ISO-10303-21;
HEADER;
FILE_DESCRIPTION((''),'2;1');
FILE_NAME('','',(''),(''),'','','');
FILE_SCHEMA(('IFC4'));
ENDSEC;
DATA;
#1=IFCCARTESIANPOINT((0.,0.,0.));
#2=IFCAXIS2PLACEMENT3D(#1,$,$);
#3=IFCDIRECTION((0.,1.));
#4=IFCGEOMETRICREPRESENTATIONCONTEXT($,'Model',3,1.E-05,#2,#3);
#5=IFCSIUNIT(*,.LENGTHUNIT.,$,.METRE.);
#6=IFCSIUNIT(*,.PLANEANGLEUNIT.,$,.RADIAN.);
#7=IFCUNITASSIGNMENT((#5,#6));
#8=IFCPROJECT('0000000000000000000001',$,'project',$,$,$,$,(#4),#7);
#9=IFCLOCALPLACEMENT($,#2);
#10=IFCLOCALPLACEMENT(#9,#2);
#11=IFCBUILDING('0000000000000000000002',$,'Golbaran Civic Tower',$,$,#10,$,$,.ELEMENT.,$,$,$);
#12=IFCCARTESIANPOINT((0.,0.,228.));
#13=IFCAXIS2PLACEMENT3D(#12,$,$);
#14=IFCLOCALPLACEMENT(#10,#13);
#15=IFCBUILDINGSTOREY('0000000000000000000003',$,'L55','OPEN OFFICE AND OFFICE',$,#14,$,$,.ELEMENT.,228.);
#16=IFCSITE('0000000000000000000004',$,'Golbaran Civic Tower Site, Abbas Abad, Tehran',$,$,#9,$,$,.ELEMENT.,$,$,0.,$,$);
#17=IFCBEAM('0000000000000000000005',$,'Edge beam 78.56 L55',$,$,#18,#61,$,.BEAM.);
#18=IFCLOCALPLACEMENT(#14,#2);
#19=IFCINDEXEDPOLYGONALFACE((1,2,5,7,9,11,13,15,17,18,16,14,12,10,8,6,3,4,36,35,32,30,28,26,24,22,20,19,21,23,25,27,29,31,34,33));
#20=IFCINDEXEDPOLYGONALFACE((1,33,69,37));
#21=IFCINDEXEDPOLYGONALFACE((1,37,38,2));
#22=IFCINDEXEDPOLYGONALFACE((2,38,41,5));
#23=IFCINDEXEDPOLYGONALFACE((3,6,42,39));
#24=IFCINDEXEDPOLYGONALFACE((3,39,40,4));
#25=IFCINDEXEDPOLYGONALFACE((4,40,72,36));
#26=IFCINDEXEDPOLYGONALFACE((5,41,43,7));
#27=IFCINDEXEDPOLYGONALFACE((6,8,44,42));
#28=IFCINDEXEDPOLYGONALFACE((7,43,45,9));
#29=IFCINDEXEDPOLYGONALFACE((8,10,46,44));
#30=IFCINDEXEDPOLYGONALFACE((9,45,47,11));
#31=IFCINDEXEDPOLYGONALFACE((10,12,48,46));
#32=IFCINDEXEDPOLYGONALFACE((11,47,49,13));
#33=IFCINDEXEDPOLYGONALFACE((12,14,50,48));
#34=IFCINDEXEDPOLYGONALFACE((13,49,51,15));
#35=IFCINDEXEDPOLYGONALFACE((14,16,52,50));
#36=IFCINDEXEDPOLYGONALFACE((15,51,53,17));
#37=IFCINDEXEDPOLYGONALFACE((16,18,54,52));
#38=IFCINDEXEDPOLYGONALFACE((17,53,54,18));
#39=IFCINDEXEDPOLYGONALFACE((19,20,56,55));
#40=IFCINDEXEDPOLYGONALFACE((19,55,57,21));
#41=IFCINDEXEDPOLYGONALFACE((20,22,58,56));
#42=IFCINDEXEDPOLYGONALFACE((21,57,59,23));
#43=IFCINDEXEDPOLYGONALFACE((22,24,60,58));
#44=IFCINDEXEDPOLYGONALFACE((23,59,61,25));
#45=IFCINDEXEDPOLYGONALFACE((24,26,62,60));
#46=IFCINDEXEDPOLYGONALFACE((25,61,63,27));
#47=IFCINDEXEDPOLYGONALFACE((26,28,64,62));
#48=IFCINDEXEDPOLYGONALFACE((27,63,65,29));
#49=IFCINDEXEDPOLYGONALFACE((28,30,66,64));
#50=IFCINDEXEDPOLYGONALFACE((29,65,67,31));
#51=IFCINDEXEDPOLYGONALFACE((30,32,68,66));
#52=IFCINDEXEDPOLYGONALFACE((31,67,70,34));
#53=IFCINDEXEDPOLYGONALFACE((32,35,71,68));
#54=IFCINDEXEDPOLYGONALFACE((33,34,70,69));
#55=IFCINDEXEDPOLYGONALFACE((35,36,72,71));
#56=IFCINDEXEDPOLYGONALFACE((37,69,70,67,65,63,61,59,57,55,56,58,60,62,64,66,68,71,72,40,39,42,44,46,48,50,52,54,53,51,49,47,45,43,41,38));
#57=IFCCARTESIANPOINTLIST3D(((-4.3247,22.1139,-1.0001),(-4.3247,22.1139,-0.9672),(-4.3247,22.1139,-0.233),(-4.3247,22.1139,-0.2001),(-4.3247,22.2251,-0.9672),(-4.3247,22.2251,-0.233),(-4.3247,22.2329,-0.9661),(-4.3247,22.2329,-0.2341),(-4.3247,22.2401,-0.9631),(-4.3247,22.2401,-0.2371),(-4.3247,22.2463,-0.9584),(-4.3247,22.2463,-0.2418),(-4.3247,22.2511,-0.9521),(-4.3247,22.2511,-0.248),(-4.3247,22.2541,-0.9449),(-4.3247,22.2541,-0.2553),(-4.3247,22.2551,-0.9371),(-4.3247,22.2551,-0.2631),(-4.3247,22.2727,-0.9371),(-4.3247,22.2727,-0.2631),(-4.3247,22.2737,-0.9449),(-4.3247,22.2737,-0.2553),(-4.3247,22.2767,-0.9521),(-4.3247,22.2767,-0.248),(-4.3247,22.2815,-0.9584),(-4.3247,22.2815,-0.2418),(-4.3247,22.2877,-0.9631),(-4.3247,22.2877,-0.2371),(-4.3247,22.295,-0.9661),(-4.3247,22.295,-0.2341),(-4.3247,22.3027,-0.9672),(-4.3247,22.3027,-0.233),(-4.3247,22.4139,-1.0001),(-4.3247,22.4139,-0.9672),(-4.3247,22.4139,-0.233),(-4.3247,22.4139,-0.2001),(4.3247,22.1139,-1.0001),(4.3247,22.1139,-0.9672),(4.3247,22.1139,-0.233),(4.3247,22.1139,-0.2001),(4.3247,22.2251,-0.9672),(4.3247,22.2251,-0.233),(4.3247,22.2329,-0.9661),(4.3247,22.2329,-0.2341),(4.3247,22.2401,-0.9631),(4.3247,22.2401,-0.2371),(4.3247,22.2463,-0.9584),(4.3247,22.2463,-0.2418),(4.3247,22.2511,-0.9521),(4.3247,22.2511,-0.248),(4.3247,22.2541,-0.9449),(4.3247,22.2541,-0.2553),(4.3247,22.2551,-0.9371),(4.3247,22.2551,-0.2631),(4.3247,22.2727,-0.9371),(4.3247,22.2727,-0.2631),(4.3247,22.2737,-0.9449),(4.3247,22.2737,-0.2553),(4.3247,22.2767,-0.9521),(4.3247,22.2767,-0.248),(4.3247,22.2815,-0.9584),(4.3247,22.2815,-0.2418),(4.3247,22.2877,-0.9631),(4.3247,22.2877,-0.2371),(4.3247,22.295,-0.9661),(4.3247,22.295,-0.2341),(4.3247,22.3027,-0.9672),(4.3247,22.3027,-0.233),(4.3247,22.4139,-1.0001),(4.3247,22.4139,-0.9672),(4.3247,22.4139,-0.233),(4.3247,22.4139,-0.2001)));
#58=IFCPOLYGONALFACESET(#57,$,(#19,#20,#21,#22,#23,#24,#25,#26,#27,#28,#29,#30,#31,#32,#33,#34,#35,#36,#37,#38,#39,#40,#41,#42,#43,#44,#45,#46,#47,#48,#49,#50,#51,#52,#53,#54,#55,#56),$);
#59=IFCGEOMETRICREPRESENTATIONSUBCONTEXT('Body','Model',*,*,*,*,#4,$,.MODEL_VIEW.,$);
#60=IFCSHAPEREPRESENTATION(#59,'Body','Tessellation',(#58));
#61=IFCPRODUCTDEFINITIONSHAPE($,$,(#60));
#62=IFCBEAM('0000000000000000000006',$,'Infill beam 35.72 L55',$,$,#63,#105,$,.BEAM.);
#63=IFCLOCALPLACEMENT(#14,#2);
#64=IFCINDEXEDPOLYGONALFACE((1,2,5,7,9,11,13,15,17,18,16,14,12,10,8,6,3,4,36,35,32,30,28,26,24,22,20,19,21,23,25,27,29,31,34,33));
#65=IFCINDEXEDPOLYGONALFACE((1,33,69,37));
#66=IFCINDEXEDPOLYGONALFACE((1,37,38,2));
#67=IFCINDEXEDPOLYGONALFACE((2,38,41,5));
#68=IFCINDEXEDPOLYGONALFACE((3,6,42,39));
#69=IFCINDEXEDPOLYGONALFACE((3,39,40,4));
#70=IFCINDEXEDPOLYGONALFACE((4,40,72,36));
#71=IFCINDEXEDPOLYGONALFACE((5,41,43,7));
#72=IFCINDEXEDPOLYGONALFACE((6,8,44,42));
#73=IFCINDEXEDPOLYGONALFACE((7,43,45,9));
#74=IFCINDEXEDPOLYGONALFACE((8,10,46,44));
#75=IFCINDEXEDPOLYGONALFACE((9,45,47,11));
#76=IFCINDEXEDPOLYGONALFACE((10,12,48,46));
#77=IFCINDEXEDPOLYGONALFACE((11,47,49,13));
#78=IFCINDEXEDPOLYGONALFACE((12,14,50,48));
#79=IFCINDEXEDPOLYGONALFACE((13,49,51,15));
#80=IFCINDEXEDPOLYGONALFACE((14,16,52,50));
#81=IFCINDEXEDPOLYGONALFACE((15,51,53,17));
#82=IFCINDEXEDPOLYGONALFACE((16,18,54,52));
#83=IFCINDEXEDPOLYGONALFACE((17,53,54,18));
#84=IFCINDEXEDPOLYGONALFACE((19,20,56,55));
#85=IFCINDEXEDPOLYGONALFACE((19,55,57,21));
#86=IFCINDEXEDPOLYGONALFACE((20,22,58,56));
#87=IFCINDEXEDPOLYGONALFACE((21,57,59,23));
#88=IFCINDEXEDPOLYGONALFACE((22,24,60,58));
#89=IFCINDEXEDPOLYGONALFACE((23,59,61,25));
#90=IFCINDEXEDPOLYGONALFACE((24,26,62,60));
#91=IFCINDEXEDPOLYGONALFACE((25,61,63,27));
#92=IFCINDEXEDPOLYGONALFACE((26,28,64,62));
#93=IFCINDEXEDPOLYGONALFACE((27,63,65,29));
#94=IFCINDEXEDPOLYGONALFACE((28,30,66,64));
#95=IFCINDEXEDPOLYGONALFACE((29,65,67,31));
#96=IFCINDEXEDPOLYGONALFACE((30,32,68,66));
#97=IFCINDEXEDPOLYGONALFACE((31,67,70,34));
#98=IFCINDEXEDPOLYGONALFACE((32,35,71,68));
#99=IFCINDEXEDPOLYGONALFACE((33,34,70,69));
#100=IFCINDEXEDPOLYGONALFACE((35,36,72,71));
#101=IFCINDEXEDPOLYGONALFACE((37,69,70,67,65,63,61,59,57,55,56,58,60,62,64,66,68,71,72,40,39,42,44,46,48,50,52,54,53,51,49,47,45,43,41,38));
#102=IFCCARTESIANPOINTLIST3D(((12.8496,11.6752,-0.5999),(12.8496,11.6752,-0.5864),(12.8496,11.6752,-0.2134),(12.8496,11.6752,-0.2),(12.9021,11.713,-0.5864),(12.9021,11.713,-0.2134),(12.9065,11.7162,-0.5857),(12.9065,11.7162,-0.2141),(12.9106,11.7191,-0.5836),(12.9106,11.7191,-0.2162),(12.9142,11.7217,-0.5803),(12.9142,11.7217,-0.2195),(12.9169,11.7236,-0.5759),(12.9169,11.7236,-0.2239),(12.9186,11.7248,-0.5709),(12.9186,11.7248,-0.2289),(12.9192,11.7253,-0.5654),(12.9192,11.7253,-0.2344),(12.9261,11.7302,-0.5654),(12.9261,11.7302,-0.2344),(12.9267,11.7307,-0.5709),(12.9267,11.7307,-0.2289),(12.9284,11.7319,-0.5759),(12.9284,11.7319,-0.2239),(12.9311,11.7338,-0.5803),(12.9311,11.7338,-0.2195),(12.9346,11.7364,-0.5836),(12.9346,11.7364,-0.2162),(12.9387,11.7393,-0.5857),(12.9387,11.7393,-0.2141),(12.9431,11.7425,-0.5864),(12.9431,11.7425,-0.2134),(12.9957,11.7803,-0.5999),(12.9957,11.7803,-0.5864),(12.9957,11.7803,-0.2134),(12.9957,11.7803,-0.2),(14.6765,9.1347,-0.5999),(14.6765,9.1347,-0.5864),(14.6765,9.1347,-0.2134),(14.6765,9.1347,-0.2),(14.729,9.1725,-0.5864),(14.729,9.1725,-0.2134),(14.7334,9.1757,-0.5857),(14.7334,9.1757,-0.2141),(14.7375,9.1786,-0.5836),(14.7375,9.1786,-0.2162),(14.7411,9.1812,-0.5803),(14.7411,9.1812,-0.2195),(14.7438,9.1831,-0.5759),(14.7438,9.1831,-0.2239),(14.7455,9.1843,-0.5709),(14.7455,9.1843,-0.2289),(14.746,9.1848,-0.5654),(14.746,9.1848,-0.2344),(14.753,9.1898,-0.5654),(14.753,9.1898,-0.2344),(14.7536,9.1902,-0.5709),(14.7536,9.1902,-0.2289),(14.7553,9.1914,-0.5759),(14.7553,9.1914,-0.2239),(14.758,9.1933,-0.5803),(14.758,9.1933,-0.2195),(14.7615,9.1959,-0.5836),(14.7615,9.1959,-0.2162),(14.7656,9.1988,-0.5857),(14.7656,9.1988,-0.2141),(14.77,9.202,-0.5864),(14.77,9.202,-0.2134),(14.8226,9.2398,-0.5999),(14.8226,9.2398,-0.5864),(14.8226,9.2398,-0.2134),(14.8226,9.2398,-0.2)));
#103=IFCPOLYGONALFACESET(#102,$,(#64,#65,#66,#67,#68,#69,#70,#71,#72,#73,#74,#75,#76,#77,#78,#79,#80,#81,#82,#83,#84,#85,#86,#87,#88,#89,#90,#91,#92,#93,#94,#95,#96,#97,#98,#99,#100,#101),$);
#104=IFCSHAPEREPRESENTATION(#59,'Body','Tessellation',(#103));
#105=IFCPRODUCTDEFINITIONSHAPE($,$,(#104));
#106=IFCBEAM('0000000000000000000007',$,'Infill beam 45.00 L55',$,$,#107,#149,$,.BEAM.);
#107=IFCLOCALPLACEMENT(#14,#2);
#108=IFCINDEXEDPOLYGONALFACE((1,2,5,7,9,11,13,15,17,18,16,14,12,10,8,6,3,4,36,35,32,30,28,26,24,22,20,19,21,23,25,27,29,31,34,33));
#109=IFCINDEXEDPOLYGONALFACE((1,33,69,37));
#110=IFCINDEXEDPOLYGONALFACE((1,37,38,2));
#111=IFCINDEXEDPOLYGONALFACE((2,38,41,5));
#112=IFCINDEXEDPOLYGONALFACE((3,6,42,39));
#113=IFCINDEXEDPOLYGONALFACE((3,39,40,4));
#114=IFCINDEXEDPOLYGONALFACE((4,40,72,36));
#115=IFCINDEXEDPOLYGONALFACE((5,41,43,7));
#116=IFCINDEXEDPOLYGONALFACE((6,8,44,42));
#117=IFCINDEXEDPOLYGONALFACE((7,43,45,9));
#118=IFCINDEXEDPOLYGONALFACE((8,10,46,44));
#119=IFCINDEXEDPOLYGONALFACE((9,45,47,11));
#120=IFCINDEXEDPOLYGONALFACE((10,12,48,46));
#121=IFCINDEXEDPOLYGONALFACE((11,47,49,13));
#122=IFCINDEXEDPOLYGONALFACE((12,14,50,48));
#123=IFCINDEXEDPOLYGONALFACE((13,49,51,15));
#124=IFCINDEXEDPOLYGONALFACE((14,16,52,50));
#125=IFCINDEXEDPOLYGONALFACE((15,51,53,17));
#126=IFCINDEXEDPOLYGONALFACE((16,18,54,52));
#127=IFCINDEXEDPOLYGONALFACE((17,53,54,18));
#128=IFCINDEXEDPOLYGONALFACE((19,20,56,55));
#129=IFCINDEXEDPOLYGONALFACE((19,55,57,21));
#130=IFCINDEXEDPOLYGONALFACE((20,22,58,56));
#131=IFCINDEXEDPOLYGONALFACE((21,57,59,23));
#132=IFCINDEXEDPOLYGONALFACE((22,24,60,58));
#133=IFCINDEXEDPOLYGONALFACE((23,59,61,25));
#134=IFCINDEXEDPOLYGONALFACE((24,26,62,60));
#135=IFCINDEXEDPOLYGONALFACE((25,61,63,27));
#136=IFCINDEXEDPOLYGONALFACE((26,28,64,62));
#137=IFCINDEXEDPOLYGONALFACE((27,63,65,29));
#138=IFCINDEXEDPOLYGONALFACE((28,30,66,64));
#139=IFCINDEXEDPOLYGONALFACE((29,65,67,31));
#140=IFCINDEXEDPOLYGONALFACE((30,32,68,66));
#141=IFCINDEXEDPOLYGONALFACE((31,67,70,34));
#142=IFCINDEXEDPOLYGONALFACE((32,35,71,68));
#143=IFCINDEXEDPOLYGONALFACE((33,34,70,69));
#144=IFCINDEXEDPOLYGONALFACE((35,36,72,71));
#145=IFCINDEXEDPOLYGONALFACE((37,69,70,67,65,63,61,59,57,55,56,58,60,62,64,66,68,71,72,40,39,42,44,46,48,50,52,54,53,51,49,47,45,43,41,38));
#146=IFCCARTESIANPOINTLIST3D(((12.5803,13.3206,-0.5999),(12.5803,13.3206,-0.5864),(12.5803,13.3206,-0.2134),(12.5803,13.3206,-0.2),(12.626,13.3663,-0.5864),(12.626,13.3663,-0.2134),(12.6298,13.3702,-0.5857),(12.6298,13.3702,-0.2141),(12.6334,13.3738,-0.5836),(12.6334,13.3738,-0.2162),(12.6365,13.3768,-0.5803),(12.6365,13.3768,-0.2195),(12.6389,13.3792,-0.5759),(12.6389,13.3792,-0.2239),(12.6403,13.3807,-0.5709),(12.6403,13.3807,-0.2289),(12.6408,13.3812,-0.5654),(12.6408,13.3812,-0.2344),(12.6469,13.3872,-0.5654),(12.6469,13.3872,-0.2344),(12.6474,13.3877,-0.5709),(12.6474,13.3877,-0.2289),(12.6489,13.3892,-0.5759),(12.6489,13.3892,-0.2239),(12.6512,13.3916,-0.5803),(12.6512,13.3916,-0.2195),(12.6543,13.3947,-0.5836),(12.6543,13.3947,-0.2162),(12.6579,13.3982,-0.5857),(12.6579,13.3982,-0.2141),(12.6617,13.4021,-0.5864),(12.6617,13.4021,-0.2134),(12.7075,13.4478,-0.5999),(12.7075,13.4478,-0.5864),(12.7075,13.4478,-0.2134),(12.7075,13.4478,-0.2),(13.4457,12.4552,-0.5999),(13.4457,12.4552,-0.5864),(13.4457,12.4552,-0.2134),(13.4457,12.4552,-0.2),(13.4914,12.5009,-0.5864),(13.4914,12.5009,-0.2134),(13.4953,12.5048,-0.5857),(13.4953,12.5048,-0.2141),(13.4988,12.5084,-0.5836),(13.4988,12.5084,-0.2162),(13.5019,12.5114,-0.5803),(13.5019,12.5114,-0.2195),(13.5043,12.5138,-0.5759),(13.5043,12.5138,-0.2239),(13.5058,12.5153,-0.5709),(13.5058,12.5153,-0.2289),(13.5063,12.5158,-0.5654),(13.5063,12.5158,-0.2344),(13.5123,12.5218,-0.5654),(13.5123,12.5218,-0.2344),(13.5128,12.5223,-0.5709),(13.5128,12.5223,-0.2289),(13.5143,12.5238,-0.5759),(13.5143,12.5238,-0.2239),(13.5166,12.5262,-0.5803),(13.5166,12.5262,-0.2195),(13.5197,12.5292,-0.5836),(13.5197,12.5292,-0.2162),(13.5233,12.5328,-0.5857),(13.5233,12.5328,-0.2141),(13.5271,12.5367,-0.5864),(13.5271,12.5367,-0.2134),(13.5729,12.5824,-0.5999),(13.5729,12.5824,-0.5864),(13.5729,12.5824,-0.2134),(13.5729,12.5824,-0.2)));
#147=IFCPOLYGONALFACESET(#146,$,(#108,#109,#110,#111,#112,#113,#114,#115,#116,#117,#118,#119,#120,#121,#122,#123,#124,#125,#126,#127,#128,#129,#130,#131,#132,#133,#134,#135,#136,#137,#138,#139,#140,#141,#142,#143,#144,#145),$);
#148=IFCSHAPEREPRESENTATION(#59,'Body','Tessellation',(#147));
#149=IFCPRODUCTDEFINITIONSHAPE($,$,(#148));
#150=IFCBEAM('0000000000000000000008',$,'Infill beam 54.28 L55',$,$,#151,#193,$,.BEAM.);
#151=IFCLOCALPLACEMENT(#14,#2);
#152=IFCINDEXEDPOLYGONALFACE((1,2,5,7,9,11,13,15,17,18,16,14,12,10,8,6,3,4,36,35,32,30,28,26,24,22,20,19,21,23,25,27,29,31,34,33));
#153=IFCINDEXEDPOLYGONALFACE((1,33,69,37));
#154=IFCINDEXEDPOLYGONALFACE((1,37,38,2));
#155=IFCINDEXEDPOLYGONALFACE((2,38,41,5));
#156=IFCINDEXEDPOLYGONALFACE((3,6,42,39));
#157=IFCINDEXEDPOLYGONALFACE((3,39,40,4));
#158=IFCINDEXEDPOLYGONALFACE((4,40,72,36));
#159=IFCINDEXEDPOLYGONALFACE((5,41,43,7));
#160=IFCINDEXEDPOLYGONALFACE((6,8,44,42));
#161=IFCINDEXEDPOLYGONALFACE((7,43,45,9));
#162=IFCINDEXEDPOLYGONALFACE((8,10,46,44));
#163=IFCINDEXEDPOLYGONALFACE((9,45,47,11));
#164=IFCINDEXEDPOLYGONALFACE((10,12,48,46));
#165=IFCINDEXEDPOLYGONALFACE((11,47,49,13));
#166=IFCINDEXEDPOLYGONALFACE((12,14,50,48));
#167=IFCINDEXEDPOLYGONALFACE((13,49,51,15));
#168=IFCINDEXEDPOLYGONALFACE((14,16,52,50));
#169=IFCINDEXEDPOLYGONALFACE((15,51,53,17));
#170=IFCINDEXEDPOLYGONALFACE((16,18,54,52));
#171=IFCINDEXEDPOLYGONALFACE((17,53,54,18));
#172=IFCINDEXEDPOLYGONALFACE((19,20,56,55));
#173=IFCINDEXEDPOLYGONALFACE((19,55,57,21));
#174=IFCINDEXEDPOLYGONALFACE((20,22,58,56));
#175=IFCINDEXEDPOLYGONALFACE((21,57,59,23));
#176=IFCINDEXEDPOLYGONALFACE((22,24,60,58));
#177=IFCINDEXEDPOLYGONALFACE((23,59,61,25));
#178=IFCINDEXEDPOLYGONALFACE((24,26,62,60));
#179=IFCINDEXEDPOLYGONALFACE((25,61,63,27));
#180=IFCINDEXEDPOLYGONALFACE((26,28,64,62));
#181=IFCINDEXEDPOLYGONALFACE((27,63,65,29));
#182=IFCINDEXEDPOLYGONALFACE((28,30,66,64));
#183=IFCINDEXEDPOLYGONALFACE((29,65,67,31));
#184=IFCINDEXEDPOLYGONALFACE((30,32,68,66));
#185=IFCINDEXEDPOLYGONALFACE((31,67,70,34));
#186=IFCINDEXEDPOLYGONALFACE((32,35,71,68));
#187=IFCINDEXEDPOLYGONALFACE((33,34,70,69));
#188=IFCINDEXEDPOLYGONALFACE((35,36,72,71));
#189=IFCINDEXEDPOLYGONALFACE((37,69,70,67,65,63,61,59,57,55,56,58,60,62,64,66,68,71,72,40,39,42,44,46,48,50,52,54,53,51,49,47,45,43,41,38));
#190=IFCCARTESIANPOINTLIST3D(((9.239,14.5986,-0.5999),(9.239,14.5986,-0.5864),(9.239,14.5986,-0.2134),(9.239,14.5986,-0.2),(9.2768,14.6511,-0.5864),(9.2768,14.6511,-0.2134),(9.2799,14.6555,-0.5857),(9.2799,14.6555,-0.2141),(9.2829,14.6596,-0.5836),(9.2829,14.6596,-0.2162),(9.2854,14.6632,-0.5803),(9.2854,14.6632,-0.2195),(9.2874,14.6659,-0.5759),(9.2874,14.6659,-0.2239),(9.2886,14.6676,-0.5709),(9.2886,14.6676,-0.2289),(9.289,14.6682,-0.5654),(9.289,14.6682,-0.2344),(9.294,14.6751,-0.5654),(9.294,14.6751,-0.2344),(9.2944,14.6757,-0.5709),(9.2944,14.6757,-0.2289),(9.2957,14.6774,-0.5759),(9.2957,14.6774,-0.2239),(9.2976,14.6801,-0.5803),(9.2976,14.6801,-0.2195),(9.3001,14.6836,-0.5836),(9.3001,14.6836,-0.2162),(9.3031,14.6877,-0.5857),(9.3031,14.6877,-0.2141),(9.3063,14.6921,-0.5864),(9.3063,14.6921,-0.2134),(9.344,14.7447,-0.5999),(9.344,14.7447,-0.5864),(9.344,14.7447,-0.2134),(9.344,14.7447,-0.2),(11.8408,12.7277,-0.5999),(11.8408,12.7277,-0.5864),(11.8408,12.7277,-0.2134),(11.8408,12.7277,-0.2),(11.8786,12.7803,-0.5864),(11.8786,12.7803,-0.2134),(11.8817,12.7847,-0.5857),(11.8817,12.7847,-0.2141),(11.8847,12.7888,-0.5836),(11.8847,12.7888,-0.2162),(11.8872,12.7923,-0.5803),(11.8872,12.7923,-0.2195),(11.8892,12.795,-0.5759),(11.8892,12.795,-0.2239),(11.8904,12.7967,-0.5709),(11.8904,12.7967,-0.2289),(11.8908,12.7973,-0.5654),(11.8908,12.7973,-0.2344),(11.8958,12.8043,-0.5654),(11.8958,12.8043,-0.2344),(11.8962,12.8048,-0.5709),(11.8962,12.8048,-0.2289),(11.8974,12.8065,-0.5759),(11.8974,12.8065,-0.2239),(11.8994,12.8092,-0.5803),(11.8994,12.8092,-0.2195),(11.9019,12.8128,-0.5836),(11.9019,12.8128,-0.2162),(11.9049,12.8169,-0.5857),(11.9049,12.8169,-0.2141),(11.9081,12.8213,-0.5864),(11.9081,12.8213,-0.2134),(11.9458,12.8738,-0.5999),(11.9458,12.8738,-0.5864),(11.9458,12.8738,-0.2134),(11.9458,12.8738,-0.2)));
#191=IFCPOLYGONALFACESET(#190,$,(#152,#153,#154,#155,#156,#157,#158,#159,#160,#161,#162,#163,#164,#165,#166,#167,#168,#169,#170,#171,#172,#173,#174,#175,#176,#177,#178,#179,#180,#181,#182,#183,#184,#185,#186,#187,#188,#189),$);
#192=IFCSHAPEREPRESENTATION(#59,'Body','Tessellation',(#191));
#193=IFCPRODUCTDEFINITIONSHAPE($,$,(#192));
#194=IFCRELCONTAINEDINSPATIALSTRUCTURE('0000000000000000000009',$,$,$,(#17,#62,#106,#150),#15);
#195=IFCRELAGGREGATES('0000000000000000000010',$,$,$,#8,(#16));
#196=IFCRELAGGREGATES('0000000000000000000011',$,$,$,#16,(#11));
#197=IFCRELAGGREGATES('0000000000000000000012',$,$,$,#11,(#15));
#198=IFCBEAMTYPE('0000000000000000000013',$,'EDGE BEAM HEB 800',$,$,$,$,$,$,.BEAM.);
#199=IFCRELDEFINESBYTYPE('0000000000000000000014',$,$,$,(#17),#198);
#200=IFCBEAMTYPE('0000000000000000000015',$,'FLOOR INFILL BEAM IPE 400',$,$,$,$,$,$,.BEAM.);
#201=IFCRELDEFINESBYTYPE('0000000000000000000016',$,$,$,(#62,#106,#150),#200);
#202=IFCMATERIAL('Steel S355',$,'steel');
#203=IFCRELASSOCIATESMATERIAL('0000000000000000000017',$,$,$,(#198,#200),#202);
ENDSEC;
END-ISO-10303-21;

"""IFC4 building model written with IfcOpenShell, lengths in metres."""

from ifc_helpers import new_model, si_unit, direction, frame, origin, origin_2d, place, context, subcontext, project, spatial, i_section, extrude, material, material_profile, profile_set, type_object, element, save


model = new_model("IFC4")

# Units and contexts
model_context = context("Model", 3, precision=1e-05, world=origin(), true_north=direction((0.0, 1.0)))
body_context = subcontext(model_context, "Body", "Model", "MODEL_VIEW")
ifc_project = project(units=[si_unit("LENGTHUNIT", "METRE"), si_unit("PLANEANGLEUNIT", "RADIAN")], contexts=[model_context])

# Site, building, storey
site_placement = place(None, origin())
site = spatial("IfcSite", under=ifc_project, at=site_placement, Name="Golbaran Civic Tower Site, Abbas Abad, Tehran", CompositionType="ELEMENT", RefElevation=0.0)
building_placement = place(site_placement, origin())
building = spatial("IfcBuilding", under=site, at=building_placement, Name="Golbaran Civic Tower", CompositionType="ELEMENT")
storey_placement = place(building_placement, frame((0.0, 0.0, 228.0)))
storey = spatial("IfcBuildingStorey", under=building, at=storey_placement, Name="L55", Description="OPEN OFFICE AND OFFICE", CompositionType="ELEMENT", Elevation=228.0)

# Beams
ifc_material_1 = material(Name="Steel S355", Category="steel")
ifc_material_profile_1 = material_profile(ifc_material_1, i_section(OverallWidth=0.3, OverallDepth=0.8, WebThickness=0.0176, FlangeThickness=0.033, FilletRadius=0.03, at=origin_2d()), Name="HEB 800")
ifc_profile_set_1 = profile_set([ifc_material_profile_1], Name="Steel S355")
beam_type_1 = type_object("IfcBeamType", Name="EDGE BEAM HEB 800", PredefinedType="BEAM", material=ifc_profile_set_1)
beam_1_placement = place(storey_placement, frame((4.3247, 22.2639, -0.6001), z_axis=(-1.0, 0.0, 0.0), x_axis=(0.0, -1.0, 0.0)))
element("IfcBeam", 1, at=beam_1_placement, inside=storey, type_object=beam_type_1, Name="Edge beam 78.56 L55", PredefinedType="BEAM", context=body_context, shape_type="SweptSolid", body=[
    extrude(i_section(OverallWidth=0.3, OverallDepth=0.8, WebThickness=0.0176, FlangeThickness=0.033, FilletRadius=0.03, at=origin_2d()), origin(), (0.0, 0.0, 1.0), 8.6494),
])
ifc_material_profile_2 = material_profile(ifc_material_1, i_section(OverallWidth=0.1799, OverallDepth=0.3999, WebThickness=0.0085, FlangeThickness=0.0134, FilletRadius=0.021, at=origin_2d()), Name="IPE 400")
ifc_profile_set_2 = profile_set([ifc_material_profile_2], Name="Steel S355")
beam_type_2 = type_object("IfcBeamType", Name="FLOOR INFILL BEAM IPE 400", PredefinedType="BEAM", material=ifc_profile_set_2)
beam_2_placement = place(storey_placement, frame((14.7495, 9.1873, -0.3999), z_axis=(-0.583826, 0.811879, 0.0), x_axis=(-0.811879, -0.583826, 0.0)))
element("IfcBeam", 2, at=beam_2_placement, inside=storey, type_object=beam_type_2, Name="Infill beam 35.72 L55", PredefinedType="BEAM", context=body_context, shape_type="SweptSolid", body=[
    extrude(i_section(OverallWidth=0.1799, OverallDepth=0.3999, WebThickness=0.0085, FlangeThickness=0.0134, FilletRadius=0.021, at=origin_2d()), origin(), (0.0, 0.0, 1.0), 3.1292),
])
beam_3_placement = place(storey_placement, frame((13.5093, 12.5188, -0.3999), z_axis=(-0.707107, 0.707107, 0.0), x_axis=(-0.707107, -0.707107, 0.0)))
element("IfcBeam", 3, at=beam_3_placement, inside=storey, type_object=beam_type_2, Name="Infill beam 45.00 L55", PredefinedType="BEAM", context=body_context, shape_type="SweptSolid", body=[
    extrude(i_section(OverallWidth=0.1799, OverallDepth=0.3999, WebThickness=0.0085, FlangeThickness=0.0134, FilletRadius=0.021, at=origin_2d()), origin(), (0.0, 0.0, 1.0), 1.2239),
])
beam_4_placement = place(storey_placement, frame((11.8933, 12.8008, -0.3999), z_axis=(-0.811897, 0.583801, 0.0), x_axis=(-0.583801, -0.811897, 0.0)))
element("IfcBeam", 4, at=beam_4_placement, inside=storey, type_object=beam_type_2, Name="Infill beam 54.28 L55", PredefinedType="BEAM", context=body_context, shape_type="SweptSolid", body=[
    extrude(i_section(OverallWidth=0.1799, OverallDepth=0.3999, WebThickness=0.0085, FlangeThickness=0.0134, FilletRadius=0.021, at=origin_2d()), origin(), (0.0, 0.0, 1.0), 3.2046),
])

save(model, "model.ifc")
